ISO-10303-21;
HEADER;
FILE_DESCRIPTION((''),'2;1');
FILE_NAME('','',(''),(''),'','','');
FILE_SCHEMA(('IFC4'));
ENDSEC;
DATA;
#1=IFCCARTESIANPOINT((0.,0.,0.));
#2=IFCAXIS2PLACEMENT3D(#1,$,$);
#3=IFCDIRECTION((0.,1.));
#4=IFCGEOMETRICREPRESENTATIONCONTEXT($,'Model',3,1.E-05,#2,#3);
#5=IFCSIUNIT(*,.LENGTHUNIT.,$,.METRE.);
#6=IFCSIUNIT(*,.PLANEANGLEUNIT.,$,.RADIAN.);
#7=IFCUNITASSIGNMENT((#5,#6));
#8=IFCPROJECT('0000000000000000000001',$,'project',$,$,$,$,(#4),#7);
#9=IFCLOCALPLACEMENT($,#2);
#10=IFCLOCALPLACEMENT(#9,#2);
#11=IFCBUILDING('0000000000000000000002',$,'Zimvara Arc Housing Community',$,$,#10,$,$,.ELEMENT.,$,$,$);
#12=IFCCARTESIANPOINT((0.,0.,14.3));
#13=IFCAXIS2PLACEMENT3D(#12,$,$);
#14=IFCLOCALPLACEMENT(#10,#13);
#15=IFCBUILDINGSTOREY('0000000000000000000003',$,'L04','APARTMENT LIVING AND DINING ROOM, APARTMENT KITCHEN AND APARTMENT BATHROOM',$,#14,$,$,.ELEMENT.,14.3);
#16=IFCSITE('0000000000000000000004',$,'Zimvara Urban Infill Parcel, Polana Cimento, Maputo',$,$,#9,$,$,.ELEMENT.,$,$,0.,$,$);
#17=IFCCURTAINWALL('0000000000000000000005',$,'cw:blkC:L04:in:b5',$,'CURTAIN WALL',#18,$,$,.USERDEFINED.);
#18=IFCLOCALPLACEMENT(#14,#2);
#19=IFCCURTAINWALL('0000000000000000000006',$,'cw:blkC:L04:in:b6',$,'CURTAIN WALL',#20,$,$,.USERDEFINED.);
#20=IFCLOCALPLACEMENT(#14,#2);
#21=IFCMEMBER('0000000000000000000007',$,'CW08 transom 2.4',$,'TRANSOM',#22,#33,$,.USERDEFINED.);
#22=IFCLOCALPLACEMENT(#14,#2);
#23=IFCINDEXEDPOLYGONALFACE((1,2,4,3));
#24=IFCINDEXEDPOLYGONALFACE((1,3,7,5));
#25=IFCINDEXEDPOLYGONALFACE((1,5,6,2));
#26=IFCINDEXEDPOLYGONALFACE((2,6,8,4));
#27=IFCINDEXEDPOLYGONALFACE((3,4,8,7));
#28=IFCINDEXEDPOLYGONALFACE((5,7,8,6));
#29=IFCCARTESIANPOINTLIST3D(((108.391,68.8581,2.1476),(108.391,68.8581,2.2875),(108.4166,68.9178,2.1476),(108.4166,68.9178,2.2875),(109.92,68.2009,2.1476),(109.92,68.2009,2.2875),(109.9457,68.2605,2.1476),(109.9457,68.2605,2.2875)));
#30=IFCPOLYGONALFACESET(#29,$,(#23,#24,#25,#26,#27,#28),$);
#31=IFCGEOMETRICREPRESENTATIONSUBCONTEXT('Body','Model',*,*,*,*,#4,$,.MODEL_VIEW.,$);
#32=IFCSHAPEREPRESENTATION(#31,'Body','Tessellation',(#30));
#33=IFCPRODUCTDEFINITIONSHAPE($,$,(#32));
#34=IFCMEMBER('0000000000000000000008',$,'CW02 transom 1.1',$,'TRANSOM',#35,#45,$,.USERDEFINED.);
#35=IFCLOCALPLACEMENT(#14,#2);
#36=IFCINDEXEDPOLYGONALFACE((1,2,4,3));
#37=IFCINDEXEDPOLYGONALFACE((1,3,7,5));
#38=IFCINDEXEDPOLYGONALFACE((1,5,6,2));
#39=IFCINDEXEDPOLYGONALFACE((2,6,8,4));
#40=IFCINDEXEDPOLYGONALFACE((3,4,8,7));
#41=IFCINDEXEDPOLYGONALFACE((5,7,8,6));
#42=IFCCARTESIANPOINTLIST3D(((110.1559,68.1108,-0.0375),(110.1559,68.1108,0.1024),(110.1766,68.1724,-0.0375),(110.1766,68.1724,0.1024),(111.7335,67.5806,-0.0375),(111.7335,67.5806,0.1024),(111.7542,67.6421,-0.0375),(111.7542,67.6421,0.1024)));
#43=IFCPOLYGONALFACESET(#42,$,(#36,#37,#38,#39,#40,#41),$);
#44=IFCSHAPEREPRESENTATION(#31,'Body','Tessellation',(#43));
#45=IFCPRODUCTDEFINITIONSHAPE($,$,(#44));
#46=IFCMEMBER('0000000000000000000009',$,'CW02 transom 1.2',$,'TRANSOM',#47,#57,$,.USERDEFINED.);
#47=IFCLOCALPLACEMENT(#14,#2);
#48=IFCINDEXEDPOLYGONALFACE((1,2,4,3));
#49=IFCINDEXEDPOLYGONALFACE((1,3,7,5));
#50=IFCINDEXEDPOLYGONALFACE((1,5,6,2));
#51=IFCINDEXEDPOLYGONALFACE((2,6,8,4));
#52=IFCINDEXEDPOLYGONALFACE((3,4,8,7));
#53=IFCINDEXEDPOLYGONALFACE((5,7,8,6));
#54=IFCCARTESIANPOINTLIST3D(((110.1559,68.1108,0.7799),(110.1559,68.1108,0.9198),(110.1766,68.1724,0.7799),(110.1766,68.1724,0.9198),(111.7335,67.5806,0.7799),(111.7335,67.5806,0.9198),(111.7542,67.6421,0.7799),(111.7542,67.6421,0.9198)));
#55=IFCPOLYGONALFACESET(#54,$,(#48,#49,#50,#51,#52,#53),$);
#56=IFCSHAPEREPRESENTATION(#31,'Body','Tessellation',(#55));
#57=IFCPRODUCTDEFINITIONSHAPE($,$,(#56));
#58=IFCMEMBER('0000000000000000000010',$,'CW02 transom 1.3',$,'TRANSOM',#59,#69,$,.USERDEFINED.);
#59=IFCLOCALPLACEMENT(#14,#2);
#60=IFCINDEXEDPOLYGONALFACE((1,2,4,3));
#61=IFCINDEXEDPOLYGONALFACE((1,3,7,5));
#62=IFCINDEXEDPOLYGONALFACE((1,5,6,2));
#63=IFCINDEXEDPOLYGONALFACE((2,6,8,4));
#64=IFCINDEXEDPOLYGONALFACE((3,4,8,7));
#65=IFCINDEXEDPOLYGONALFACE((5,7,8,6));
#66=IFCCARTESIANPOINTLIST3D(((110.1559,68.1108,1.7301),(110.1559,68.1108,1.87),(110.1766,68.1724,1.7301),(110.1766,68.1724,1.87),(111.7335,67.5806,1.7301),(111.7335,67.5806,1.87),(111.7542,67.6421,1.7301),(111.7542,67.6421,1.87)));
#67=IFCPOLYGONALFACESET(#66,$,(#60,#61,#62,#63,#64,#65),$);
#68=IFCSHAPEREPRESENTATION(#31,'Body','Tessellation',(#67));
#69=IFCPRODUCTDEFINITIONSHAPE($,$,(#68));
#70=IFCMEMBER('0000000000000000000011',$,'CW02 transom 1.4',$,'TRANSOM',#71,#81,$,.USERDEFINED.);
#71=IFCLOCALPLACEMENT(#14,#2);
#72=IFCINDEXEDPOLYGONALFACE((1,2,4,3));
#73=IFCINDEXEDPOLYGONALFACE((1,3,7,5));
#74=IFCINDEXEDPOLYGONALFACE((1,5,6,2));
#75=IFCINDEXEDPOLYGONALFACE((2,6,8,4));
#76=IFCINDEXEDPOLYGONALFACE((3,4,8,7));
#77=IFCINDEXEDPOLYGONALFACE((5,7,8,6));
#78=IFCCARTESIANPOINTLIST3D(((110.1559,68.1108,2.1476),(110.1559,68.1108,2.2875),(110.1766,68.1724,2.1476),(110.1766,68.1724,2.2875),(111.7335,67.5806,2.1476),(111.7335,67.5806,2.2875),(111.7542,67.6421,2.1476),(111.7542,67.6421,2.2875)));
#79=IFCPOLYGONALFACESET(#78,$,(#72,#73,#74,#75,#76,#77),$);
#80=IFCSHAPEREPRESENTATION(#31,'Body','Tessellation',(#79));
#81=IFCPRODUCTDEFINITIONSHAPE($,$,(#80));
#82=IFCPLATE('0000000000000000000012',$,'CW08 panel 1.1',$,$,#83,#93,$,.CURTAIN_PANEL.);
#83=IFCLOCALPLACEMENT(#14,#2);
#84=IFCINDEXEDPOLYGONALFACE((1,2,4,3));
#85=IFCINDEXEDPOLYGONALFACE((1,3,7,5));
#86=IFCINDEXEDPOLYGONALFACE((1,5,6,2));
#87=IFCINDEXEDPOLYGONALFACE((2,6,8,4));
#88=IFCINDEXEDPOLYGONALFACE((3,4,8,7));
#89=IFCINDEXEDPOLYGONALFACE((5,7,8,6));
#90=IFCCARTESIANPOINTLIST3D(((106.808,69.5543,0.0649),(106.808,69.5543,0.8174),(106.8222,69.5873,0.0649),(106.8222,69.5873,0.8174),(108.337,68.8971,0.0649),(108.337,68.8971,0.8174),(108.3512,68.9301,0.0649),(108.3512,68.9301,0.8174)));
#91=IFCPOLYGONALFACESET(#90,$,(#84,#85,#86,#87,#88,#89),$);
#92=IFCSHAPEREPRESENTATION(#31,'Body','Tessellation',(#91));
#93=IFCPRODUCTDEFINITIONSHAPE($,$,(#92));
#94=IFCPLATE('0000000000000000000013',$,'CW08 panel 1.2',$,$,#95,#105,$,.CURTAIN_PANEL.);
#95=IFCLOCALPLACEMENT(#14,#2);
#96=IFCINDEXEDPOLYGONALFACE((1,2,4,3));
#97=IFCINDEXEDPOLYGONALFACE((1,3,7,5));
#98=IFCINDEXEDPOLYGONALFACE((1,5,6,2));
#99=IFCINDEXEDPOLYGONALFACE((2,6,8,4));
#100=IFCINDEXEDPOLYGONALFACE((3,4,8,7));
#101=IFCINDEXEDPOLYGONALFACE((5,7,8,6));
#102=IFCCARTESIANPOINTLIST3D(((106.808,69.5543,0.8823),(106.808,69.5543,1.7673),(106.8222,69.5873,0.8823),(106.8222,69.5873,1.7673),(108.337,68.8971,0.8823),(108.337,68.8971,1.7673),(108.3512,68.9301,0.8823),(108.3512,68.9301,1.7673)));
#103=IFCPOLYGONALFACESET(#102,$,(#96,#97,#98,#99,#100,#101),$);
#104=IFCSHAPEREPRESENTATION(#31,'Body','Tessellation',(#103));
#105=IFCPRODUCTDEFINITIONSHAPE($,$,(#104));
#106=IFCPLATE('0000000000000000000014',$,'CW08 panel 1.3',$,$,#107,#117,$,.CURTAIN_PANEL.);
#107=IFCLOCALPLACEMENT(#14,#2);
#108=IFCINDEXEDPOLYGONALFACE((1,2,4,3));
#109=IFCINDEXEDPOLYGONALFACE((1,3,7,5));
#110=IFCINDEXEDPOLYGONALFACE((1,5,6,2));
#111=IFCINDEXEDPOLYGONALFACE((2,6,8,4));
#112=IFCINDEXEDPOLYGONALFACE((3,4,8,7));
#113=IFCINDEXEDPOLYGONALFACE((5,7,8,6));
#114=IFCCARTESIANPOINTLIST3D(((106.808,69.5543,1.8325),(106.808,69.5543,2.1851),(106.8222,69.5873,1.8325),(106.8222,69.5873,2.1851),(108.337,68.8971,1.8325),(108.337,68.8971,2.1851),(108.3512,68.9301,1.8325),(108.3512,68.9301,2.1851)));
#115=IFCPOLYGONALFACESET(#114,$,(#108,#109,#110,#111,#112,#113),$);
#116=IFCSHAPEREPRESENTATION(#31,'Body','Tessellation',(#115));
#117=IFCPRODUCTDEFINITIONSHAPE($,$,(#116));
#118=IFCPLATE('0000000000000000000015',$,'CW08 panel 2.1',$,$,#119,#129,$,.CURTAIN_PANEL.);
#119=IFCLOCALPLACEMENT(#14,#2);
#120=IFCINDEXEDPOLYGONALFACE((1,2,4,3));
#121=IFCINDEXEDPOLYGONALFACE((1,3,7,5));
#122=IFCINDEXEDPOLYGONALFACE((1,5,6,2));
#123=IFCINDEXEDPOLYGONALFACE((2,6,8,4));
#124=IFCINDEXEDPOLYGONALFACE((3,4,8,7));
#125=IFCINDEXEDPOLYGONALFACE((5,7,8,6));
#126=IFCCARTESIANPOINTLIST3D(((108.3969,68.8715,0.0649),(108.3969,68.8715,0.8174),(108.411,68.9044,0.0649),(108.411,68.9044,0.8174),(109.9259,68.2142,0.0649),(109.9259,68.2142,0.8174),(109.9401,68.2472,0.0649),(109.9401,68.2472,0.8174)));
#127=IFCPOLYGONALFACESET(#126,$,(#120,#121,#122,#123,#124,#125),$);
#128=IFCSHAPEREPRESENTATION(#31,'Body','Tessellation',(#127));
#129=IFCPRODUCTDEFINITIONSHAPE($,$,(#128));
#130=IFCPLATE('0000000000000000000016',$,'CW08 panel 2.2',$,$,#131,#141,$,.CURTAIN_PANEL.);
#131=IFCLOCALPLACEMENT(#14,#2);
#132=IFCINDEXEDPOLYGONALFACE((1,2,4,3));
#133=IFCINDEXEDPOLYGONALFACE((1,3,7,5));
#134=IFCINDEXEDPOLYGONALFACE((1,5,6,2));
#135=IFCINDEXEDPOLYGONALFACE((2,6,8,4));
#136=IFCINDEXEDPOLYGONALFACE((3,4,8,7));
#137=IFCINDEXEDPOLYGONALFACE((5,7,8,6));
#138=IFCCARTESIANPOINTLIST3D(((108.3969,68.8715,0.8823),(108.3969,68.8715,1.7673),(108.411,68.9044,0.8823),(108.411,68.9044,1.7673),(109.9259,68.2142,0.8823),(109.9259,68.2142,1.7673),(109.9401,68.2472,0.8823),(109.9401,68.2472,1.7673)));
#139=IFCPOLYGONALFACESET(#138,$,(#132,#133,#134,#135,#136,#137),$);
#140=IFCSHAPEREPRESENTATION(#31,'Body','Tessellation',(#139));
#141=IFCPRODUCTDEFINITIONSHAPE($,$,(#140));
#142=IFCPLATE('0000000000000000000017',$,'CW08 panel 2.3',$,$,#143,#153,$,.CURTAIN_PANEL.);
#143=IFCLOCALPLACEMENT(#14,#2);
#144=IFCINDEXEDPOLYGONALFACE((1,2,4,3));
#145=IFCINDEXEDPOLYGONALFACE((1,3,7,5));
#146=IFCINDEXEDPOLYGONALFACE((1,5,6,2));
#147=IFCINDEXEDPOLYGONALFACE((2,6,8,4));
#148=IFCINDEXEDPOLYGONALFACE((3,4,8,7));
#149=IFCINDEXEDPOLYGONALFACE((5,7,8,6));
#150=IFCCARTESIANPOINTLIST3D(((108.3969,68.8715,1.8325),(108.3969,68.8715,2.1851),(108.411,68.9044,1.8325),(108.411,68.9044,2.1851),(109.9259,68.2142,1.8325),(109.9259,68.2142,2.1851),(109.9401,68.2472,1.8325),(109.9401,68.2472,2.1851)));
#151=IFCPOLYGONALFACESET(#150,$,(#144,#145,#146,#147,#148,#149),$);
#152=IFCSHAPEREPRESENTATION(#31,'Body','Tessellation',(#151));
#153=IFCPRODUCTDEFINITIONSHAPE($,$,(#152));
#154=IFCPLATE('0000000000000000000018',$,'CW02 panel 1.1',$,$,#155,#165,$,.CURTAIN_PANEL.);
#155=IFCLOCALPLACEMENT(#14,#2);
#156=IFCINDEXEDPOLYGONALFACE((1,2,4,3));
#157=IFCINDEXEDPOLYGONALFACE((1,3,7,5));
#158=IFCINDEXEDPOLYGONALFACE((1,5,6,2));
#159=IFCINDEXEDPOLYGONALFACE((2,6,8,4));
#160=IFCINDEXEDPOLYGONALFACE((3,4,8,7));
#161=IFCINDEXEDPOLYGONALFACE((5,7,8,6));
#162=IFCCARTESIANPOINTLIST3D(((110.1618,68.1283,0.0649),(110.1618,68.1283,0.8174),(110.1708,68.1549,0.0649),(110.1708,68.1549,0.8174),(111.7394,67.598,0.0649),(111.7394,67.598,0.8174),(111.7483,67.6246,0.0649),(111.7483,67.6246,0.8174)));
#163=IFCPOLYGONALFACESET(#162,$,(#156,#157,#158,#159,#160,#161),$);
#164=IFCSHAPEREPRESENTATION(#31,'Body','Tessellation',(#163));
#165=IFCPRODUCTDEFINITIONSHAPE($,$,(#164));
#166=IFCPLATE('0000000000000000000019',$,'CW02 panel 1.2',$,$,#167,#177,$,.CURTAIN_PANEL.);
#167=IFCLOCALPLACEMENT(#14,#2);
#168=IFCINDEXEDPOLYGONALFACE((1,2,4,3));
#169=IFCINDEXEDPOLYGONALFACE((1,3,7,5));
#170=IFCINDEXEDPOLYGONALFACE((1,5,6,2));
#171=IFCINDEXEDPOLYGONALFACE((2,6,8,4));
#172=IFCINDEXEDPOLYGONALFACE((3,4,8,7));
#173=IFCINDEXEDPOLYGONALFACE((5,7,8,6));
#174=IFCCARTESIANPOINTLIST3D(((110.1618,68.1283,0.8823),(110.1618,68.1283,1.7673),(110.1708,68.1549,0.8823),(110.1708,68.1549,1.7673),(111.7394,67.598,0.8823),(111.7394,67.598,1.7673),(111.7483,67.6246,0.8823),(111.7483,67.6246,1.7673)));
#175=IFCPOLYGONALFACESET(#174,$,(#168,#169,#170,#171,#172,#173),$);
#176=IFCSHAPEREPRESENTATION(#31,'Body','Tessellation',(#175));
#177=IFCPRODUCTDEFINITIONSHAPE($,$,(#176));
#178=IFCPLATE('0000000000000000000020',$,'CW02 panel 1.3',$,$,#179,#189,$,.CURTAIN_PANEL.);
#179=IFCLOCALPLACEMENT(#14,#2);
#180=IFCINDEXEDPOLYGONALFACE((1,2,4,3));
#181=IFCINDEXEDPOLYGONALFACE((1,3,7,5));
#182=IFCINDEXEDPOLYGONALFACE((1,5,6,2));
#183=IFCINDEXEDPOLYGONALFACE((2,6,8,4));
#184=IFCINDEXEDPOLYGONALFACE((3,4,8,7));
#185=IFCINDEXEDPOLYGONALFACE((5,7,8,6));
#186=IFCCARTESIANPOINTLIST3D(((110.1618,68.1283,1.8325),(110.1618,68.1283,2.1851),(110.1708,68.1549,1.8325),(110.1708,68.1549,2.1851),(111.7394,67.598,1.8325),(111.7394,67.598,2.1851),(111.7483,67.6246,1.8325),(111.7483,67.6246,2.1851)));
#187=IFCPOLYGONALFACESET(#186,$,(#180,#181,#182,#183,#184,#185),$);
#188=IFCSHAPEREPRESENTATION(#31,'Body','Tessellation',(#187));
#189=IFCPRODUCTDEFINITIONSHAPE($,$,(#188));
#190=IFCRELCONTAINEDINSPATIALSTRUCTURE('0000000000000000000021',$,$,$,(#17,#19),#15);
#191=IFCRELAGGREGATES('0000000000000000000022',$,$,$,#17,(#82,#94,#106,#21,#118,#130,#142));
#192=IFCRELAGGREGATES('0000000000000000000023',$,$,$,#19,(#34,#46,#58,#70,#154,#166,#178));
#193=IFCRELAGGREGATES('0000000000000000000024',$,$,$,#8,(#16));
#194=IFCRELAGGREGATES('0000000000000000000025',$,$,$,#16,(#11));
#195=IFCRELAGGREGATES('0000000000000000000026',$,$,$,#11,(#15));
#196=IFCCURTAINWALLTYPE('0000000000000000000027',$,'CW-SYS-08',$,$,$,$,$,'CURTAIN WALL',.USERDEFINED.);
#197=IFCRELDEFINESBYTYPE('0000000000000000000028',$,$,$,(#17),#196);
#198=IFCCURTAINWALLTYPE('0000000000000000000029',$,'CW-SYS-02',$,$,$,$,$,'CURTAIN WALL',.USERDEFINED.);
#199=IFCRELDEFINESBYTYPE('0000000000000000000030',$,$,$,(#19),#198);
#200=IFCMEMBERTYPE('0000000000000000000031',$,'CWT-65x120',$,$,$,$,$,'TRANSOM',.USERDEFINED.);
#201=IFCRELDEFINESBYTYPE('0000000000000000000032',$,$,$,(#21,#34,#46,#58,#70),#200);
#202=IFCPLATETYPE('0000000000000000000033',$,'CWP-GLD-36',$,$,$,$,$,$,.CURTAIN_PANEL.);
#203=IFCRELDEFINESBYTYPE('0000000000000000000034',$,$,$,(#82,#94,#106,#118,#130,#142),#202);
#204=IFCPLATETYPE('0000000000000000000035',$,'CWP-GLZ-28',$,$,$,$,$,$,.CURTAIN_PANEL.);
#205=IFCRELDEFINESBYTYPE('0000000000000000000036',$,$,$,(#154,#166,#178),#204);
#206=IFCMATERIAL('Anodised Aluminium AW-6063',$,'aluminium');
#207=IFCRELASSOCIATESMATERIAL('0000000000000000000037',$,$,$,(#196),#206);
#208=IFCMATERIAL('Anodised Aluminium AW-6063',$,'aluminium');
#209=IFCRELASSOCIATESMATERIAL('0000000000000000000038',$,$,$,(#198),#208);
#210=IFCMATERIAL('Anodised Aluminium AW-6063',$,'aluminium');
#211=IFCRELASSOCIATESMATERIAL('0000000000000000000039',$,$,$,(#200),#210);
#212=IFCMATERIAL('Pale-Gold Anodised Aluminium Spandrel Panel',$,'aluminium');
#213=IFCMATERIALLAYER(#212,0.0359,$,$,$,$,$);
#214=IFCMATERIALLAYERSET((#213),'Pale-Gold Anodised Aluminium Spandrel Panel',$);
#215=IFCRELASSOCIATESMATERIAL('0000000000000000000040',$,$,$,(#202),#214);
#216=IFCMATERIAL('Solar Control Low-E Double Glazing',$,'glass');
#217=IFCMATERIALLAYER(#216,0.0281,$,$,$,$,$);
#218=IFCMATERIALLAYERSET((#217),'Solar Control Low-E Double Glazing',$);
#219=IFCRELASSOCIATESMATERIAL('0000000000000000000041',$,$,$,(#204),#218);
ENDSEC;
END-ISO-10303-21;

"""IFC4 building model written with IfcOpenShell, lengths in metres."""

from ifc_helpers import new_model, si_unit, direction, frame, origin, origin_2d, place, context, subcontext, project, spatial, rectangle, extrude, material, layer, layer_set, material_profile, profile_set, type_object, element, aggregate, save


model = new_model("IFC4")

# Units and contexts
model_context = context("Model", 3, precision=1e-05, world=origin(), true_north=direction((0.0, 1.0)))
body_context = subcontext(model_context, "Body", "Model", "MODEL_VIEW")
ifc_project = project(units=[si_unit("LENGTHUNIT", "METRE"), si_unit("PLANEANGLEUNIT", "RADIAN")], contexts=[model_context])

# Site, building, storey
site_placement = place(None, origin())
site = spatial("IfcSite", under=ifc_project, at=site_placement, Name="Zimvara Urban Infill Parcel, Polana Cimento, Maputo", CompositionType="ELEMENT", RefElevation=0.0)
building_placement = place(site_placement, origin())
building = spatial("IfcBuilding", under=site, at=building_placement, Name="Zimvara Arc Housing Community", CompositionType="ELEMENT")
storey_placement = place(building_placement, frame((0.0, 0.0, 14.3)))
storey = spatial("IfcBuildingStorey", under=building, at=storey_placement, Name="L04", Description="APARTMENT LIVING AND DINING ROOM, APARTMENT KITCHEN AND APARTMENT BATHROOM", CompositionType="ELEMENT", Elevation=14.3)

# Curtain wall
ifc_material_1 = material(Name="Anodised Aluminium AW-6063", Category="aluminium")
curtain_wall_type_1 = type_object("IfcCurtainWallType", Name="CW-SYS-08", ElementType="CURTAIN WALL", PredefinedType="USERDEFINED", material=ifc_material_1)
curtain_wall_1_placement = place(storey_placement, origin())
curtain_wall_1 = element("IfcCurtainWall", 1, at=curtain_wall_1_placement, inside=storey, type_object=curtain_wall_type_1, Name="cw:blkC:L04:in:b5", ObjectType="CURTAIN WALL", PredefinedType="USERDEFINED")

# Curtain wall
ifc_material_2 = material(Name="Anodised Aluminium AW-6063", Category="aluminium")
curtain_wall_type_2 = type_object("IfcCurtainWallType", Name="CW-SYS-02", ElementType="CURTAIN WALL", PredefinedType="USERDEFINED", material=ifc_material_2)
curtain_wall_2_placement = place(storey_placement, origin())
curtain_wall_2 = element("IfcCurtainWall", 2, at=curtain_wall_2_placement, inside=storey, type_object=curtain_wall_type_2, Name="cw:blkC:L04:in:b6", ObjectType="CURTAIN WALL", PredefinedType="USERDEFINED")

# Members
ifc_material_3 = material(Name="Anodised Aluminium AW-6063", Category="aluminium")
ifc_material_profile_1 = material_profile(ifc_material_3, rectangle(XDim=0.0649, YDim=0.1399, at=origin_2d()), Name="ALU 65x140")
ifc_profile_set_1 = profile_set([ifc_material_profile_1], Name="Anodised Aluminium AW-6063")
member_type_1 = type_object("IfcMemberType", Name="CWT-65x120", ElementType="TRANSOM", PredefinedType="USERDEFINED", material=ifc_profile_set_1)
member_1_placement = place(storey_placement, frame((108.4038, 68.8879, 2.2175), z_axis=(0.918727, -0.394893, 0.0), x_axis=(0.394893, 0.918727, 0.0)))
member_1 = element("IfcMember", 3, at=member_1_placement, type_object=member_type_1, Name="CW08 transom 2.4", ObjectType="TRANSOM", PredefinedType="USERDEFINED", context=body_context, shape_type="SweptSolid", body=[
    extrude(rectangle(XDim=0.0649, YDim=0.1399, at=origin_2d()), origin(), (0.0, 0.0, 1.0), 1.6643),
])
member_2_placement = place(storey_placement, frame((110.1663, 68.1416, 0.0325), z_axis=(0.947888, -0.318603, 0.0), x_axis=(0.318603, 0.947888, 0.0)))
member_2 = element("IfcMember", 4, at=member_2_placement, type_object=member_type_1, Name="CW02 transom 1.1", ObjectType="TRANSOM", PredefinedType="USERDEFINED", context=body_context, shape_type="SweptSolid", body=[
    extrude(rectangle(XDim=0.0649, YDim=0.1399, at=origin_2d()), origin(), (0.0, 0.0, 1.0), 1.6643),
])
member_3_placement = place(storey_placement, frame((110.1663, 68.1416, 0.8499), z_axis=(0.947888, -0.318603, 0.0), x_axis=(0.318603, 0.947888, 0.0)))
member_3 = element("IfcMember", 5, at=member_3_placement, type_object=member_type_1, Name="CW02 transom 1.2", ObjectType="TRANSOM", PredefinedType="USERDEFINED", context=body_context, shape_type="SweptSolid", body=[
    extrude(rectangle(XDim=0.0649, YDim=0.1399, at=origin_2d()), origin(), (0.0, 0.0, 1.0), 1.6643),
])
member_4_placement = place(storey_placement, frame((110.1663, 68.1416, 1.8), z_axis=(0.947888, -0.318603, 0.0), x_axis=(0.318603, 0.947888, 0.0)))
member_4 = element("IfcMember", 6, at=member_4_placement, type_object=member_type_1, Name="CW02 transom 1.3", ObjectType="TRANSOM", PredefinedType="USERDEFINED", context=body_context, shape_type="SweptSolid", body=[
    extrude(rectangle(XDim=0.0649, YDim=0.1399, at=origin_2d()), origin(), (0.0, 0.0, 1.0), 1.6643),
])
member_5_placement = place(storey_placement, frame((110.1663, 68.1416, 2.2175), z_axis=(0.947888, -0.318603, 0.0), x_axis=(0.318603, 0.947888, 0.0)))
member_5 = element("IfcMember", 7, at=member_5_placement, type_object=member_type_1, Name="CW02 transom 1.4", ObjectType="TRANSOM", PredefinedType="USERDEFINED", context=body_context, shape_type="SweptSolid", body=[
    extrude(rectangle(XDim=0.0649, YDim=0.1399, at=origin_2d()), origin(), (0.0, 0.0, 1.0), 1.6643),
])

# Plates
ifc_material_4 = material(Name="Pale-Gold Anodised Aluminium Spandrel Panel", Category="aluminium")
ifc_layer_1 = layer(ifc_material_4, 0.0359)
ifc_layer_set_1 = layer_set([ifc_layer_1], Name="Pale-Gold Anodised Aluminium Spandrel Panel")
plate_type_1 = type_object("IfcPlateType", Name="CWP-GLD-36", PredefinedType="CURTAIN_PANEL", material=ifc_layer_set_1)
plate_1_placement = place(storey_placement, frame((107.5796, 69.2422, 0.0649), z_axis=(0.0, 0.0, 1.0), x_axis=(0.918722, -0.394904, 0.0)))
plate_1 = element("IfcPlate", 8, at=plate_1_placement, type_object=plate_type_1, Name="CW08 panel 1.1", PredefinedType="CURTAIN_PANEL", context=body_context, shape_type="SweptSolid", body=[
    extrude(rectangle(XDim=1.6643, YDim=0.0359, at=origin_2d()), origin(), (0.0, 0.0, 1.0), 0.7524),
])
plate_2_placement = place(storey_placement, frame((107.5796, 69.2422, 0.8823), z_axis=(0.0, 0.0, 1.0), x_axis=(0.918722, -0.394904, 0.0)))
plate_2 = element("IfcPlate", 9, at=plate_2_placement, type_object=plate_type_1, Name="CW08 panel 1.2", PredefinedType="CURTAIN_PANEL", context=body_context, shape_type="SweptSolid", body=[
    extrude(rectangle(XDim=1.6643, YDim=0.0359, at=origin_2d()), origin(), (0.0, 0.0, 1.0), 0.885),
])
plate_3_placement = place(storey_placement, frame((107.5796, 69.2422, 1.8325), z_axis=(0.0, 0.0, 1.0), x_axis=(0.918722, -0.394904, 0.0)))
plate_3 = element("IfcPlate", 10, at=plate_3_placement, type_object=plate_type_1, Name="CW08 panel 1.3", PredefinedType="CURTAIN_PANEL", context=body_context, shape_type="SweptSolid", body=[
    extrude(rectangle(XDim=1.6643, YDim=0.0359, at=origin_2d()), origin(), (0.0, 0.0, 1.0), 0.3525),
])
plate_4_placement = place(storey_placement, frame((109.1685, 68.5593, 0.0649), z_axis=(0.0, 0.0, 1.0), x_axis=(0.918722, -0.394904, 0.0)))
plate_4 = element("IfcPlate", 11, at=plate_4_placement, type_object=plate_type_1, Name="CW08 panel 2.1", PredefinedType="CURTAIN_PANEL", context=body_context, shape_type="SweptSolid", body=[
    extrude(rectangle(XDim=1.6643, YDim=0.0359, at=origin_2d()), origin(), (0.0, 0.0, 1.0), 0.7524),
])
plate_5_placement = place(storey_placement, frame((109.1685, 68.5593, 0.8823), z_axis=(0.0, 0.0, 1.0), x_axis=(0.918722, -0.394904, 0.0)))
plate_5 = element("IfcPlate", 12, at=plate_5_placement, type_object=plate_type_1, Name="CW08 panel 2.2", PredefinedType="CURTAIN_PANEL", context=body_context, shape_type="SweptSolid", body=[
    extrude(rectangle(XDim=1.6643, YDim=0.0359, at=origin_2d()), origin(), (0.0, 0.0, 1.0), 0.885),
])
plate_6_placement = place(storey_placement, frame((109.1685, 68.5593, 1.8325), z_axis=(0.0, 0.0, 1.0), x_axis=(0.918722, -0.394904, 0.0)))
plate_6 = element("IfcPlate", 13, at=plate_6_placement, type_object=plate_type_1, Name="CW08 panel 2.3", PredefinedType="CURTAIN_PANEL", context=body_context, shape_type="SweptSolid", body=[
    extrude(rectangle(XDim=1.6643, YDim=0.0359, at=origin_2d()), origin(), (0.0, 0.0, 1.0), 0.3525),
])
aggregate(curtain_wall_1, [plate_1, plate_2, plate_3, member_1, plate_4, plate_5, plate_6])
ifc_material_5 = material(Name="Solar Control Low-E Double Glazing", Category="glass")
ifc_layer_2 = layer(ifc_material_5, 0.0281)
ifc_layer_set_2 = layer_set([ifc_layer_2], Name="Solar Control Low-E Double Glazing")
plate_type_2 = type_object("IfcPlateType", Name="CWP-GLZ-28", PredefinedType="CURTAIN_PANEL", material=ifc_layer_set_2)
plate_7_placement = place(storey_placement, frame((110.9551, 67.8765, 0.0649), z_axis=(0.0, 0.0, 1.0), x_axis=(0.947879, -0.31863, 0.0)))
plate_7 = element("IfcPlate", 14, at=plate_7_placement, type_object=plate_type_2, Name="CW02 panel 1.1", PredefinedType="CURTAIN_PANEL", context=body_context, shape_type="SweptSolid", body=[
    extrude(rectangle(XDim=1.6643, YDim=0.0281, at=origin_2d()), origin(), (0.0, 0.0, 1.0), 0.7524),
])
plate_8_placement = place(storey_placement, frame((110.9551, 67.8765, 0.8823), z_axis=(0.0, 0.0, 1.0), x_axis=(0.947879, -0.31863, 0.0)))
plate_8 = element("IfcPlate", 15, at=plate_8_placement, type_object=plate_type_2, Name="CW02 panel 1.2", PredefinedType="CURTAIN_PANEL", context=body_context, shape_type="SweptSolid", body=[
    extrude(rectangle(XDim=1.6643, YDim=0.0281, at=origin_2d()), origin(), (0.0, 0.0, 1.0), 0.885),
])
plate_9_placement = place(storey_placement, frame((110.9551, 67.8765, 1.8325), z_axis=(0.0, 0.0, 1.0), x_axis=(0.947879, -0.31863, 0.0)))
plate_9 = element("IfcPlate", 16, at=plate_9_placement, type_object=plate_type_2, Name="CW02 panel 1.3", PredefinedType="CURTAIN_PANEL", context=body_context, shape_type="SweptSolid", body=[
    extrude(rectangle(XDim=1.6643, YDim=0.0281, at=origin_2d()), origin(), (0.0, 0.0, 1.0), 0.3525),
])
aggregate(curtain_wall_2, [member_2, member_3, member_4, member_5, plate_7, plate_8, plate_9])

save(model, "model.ifc")
